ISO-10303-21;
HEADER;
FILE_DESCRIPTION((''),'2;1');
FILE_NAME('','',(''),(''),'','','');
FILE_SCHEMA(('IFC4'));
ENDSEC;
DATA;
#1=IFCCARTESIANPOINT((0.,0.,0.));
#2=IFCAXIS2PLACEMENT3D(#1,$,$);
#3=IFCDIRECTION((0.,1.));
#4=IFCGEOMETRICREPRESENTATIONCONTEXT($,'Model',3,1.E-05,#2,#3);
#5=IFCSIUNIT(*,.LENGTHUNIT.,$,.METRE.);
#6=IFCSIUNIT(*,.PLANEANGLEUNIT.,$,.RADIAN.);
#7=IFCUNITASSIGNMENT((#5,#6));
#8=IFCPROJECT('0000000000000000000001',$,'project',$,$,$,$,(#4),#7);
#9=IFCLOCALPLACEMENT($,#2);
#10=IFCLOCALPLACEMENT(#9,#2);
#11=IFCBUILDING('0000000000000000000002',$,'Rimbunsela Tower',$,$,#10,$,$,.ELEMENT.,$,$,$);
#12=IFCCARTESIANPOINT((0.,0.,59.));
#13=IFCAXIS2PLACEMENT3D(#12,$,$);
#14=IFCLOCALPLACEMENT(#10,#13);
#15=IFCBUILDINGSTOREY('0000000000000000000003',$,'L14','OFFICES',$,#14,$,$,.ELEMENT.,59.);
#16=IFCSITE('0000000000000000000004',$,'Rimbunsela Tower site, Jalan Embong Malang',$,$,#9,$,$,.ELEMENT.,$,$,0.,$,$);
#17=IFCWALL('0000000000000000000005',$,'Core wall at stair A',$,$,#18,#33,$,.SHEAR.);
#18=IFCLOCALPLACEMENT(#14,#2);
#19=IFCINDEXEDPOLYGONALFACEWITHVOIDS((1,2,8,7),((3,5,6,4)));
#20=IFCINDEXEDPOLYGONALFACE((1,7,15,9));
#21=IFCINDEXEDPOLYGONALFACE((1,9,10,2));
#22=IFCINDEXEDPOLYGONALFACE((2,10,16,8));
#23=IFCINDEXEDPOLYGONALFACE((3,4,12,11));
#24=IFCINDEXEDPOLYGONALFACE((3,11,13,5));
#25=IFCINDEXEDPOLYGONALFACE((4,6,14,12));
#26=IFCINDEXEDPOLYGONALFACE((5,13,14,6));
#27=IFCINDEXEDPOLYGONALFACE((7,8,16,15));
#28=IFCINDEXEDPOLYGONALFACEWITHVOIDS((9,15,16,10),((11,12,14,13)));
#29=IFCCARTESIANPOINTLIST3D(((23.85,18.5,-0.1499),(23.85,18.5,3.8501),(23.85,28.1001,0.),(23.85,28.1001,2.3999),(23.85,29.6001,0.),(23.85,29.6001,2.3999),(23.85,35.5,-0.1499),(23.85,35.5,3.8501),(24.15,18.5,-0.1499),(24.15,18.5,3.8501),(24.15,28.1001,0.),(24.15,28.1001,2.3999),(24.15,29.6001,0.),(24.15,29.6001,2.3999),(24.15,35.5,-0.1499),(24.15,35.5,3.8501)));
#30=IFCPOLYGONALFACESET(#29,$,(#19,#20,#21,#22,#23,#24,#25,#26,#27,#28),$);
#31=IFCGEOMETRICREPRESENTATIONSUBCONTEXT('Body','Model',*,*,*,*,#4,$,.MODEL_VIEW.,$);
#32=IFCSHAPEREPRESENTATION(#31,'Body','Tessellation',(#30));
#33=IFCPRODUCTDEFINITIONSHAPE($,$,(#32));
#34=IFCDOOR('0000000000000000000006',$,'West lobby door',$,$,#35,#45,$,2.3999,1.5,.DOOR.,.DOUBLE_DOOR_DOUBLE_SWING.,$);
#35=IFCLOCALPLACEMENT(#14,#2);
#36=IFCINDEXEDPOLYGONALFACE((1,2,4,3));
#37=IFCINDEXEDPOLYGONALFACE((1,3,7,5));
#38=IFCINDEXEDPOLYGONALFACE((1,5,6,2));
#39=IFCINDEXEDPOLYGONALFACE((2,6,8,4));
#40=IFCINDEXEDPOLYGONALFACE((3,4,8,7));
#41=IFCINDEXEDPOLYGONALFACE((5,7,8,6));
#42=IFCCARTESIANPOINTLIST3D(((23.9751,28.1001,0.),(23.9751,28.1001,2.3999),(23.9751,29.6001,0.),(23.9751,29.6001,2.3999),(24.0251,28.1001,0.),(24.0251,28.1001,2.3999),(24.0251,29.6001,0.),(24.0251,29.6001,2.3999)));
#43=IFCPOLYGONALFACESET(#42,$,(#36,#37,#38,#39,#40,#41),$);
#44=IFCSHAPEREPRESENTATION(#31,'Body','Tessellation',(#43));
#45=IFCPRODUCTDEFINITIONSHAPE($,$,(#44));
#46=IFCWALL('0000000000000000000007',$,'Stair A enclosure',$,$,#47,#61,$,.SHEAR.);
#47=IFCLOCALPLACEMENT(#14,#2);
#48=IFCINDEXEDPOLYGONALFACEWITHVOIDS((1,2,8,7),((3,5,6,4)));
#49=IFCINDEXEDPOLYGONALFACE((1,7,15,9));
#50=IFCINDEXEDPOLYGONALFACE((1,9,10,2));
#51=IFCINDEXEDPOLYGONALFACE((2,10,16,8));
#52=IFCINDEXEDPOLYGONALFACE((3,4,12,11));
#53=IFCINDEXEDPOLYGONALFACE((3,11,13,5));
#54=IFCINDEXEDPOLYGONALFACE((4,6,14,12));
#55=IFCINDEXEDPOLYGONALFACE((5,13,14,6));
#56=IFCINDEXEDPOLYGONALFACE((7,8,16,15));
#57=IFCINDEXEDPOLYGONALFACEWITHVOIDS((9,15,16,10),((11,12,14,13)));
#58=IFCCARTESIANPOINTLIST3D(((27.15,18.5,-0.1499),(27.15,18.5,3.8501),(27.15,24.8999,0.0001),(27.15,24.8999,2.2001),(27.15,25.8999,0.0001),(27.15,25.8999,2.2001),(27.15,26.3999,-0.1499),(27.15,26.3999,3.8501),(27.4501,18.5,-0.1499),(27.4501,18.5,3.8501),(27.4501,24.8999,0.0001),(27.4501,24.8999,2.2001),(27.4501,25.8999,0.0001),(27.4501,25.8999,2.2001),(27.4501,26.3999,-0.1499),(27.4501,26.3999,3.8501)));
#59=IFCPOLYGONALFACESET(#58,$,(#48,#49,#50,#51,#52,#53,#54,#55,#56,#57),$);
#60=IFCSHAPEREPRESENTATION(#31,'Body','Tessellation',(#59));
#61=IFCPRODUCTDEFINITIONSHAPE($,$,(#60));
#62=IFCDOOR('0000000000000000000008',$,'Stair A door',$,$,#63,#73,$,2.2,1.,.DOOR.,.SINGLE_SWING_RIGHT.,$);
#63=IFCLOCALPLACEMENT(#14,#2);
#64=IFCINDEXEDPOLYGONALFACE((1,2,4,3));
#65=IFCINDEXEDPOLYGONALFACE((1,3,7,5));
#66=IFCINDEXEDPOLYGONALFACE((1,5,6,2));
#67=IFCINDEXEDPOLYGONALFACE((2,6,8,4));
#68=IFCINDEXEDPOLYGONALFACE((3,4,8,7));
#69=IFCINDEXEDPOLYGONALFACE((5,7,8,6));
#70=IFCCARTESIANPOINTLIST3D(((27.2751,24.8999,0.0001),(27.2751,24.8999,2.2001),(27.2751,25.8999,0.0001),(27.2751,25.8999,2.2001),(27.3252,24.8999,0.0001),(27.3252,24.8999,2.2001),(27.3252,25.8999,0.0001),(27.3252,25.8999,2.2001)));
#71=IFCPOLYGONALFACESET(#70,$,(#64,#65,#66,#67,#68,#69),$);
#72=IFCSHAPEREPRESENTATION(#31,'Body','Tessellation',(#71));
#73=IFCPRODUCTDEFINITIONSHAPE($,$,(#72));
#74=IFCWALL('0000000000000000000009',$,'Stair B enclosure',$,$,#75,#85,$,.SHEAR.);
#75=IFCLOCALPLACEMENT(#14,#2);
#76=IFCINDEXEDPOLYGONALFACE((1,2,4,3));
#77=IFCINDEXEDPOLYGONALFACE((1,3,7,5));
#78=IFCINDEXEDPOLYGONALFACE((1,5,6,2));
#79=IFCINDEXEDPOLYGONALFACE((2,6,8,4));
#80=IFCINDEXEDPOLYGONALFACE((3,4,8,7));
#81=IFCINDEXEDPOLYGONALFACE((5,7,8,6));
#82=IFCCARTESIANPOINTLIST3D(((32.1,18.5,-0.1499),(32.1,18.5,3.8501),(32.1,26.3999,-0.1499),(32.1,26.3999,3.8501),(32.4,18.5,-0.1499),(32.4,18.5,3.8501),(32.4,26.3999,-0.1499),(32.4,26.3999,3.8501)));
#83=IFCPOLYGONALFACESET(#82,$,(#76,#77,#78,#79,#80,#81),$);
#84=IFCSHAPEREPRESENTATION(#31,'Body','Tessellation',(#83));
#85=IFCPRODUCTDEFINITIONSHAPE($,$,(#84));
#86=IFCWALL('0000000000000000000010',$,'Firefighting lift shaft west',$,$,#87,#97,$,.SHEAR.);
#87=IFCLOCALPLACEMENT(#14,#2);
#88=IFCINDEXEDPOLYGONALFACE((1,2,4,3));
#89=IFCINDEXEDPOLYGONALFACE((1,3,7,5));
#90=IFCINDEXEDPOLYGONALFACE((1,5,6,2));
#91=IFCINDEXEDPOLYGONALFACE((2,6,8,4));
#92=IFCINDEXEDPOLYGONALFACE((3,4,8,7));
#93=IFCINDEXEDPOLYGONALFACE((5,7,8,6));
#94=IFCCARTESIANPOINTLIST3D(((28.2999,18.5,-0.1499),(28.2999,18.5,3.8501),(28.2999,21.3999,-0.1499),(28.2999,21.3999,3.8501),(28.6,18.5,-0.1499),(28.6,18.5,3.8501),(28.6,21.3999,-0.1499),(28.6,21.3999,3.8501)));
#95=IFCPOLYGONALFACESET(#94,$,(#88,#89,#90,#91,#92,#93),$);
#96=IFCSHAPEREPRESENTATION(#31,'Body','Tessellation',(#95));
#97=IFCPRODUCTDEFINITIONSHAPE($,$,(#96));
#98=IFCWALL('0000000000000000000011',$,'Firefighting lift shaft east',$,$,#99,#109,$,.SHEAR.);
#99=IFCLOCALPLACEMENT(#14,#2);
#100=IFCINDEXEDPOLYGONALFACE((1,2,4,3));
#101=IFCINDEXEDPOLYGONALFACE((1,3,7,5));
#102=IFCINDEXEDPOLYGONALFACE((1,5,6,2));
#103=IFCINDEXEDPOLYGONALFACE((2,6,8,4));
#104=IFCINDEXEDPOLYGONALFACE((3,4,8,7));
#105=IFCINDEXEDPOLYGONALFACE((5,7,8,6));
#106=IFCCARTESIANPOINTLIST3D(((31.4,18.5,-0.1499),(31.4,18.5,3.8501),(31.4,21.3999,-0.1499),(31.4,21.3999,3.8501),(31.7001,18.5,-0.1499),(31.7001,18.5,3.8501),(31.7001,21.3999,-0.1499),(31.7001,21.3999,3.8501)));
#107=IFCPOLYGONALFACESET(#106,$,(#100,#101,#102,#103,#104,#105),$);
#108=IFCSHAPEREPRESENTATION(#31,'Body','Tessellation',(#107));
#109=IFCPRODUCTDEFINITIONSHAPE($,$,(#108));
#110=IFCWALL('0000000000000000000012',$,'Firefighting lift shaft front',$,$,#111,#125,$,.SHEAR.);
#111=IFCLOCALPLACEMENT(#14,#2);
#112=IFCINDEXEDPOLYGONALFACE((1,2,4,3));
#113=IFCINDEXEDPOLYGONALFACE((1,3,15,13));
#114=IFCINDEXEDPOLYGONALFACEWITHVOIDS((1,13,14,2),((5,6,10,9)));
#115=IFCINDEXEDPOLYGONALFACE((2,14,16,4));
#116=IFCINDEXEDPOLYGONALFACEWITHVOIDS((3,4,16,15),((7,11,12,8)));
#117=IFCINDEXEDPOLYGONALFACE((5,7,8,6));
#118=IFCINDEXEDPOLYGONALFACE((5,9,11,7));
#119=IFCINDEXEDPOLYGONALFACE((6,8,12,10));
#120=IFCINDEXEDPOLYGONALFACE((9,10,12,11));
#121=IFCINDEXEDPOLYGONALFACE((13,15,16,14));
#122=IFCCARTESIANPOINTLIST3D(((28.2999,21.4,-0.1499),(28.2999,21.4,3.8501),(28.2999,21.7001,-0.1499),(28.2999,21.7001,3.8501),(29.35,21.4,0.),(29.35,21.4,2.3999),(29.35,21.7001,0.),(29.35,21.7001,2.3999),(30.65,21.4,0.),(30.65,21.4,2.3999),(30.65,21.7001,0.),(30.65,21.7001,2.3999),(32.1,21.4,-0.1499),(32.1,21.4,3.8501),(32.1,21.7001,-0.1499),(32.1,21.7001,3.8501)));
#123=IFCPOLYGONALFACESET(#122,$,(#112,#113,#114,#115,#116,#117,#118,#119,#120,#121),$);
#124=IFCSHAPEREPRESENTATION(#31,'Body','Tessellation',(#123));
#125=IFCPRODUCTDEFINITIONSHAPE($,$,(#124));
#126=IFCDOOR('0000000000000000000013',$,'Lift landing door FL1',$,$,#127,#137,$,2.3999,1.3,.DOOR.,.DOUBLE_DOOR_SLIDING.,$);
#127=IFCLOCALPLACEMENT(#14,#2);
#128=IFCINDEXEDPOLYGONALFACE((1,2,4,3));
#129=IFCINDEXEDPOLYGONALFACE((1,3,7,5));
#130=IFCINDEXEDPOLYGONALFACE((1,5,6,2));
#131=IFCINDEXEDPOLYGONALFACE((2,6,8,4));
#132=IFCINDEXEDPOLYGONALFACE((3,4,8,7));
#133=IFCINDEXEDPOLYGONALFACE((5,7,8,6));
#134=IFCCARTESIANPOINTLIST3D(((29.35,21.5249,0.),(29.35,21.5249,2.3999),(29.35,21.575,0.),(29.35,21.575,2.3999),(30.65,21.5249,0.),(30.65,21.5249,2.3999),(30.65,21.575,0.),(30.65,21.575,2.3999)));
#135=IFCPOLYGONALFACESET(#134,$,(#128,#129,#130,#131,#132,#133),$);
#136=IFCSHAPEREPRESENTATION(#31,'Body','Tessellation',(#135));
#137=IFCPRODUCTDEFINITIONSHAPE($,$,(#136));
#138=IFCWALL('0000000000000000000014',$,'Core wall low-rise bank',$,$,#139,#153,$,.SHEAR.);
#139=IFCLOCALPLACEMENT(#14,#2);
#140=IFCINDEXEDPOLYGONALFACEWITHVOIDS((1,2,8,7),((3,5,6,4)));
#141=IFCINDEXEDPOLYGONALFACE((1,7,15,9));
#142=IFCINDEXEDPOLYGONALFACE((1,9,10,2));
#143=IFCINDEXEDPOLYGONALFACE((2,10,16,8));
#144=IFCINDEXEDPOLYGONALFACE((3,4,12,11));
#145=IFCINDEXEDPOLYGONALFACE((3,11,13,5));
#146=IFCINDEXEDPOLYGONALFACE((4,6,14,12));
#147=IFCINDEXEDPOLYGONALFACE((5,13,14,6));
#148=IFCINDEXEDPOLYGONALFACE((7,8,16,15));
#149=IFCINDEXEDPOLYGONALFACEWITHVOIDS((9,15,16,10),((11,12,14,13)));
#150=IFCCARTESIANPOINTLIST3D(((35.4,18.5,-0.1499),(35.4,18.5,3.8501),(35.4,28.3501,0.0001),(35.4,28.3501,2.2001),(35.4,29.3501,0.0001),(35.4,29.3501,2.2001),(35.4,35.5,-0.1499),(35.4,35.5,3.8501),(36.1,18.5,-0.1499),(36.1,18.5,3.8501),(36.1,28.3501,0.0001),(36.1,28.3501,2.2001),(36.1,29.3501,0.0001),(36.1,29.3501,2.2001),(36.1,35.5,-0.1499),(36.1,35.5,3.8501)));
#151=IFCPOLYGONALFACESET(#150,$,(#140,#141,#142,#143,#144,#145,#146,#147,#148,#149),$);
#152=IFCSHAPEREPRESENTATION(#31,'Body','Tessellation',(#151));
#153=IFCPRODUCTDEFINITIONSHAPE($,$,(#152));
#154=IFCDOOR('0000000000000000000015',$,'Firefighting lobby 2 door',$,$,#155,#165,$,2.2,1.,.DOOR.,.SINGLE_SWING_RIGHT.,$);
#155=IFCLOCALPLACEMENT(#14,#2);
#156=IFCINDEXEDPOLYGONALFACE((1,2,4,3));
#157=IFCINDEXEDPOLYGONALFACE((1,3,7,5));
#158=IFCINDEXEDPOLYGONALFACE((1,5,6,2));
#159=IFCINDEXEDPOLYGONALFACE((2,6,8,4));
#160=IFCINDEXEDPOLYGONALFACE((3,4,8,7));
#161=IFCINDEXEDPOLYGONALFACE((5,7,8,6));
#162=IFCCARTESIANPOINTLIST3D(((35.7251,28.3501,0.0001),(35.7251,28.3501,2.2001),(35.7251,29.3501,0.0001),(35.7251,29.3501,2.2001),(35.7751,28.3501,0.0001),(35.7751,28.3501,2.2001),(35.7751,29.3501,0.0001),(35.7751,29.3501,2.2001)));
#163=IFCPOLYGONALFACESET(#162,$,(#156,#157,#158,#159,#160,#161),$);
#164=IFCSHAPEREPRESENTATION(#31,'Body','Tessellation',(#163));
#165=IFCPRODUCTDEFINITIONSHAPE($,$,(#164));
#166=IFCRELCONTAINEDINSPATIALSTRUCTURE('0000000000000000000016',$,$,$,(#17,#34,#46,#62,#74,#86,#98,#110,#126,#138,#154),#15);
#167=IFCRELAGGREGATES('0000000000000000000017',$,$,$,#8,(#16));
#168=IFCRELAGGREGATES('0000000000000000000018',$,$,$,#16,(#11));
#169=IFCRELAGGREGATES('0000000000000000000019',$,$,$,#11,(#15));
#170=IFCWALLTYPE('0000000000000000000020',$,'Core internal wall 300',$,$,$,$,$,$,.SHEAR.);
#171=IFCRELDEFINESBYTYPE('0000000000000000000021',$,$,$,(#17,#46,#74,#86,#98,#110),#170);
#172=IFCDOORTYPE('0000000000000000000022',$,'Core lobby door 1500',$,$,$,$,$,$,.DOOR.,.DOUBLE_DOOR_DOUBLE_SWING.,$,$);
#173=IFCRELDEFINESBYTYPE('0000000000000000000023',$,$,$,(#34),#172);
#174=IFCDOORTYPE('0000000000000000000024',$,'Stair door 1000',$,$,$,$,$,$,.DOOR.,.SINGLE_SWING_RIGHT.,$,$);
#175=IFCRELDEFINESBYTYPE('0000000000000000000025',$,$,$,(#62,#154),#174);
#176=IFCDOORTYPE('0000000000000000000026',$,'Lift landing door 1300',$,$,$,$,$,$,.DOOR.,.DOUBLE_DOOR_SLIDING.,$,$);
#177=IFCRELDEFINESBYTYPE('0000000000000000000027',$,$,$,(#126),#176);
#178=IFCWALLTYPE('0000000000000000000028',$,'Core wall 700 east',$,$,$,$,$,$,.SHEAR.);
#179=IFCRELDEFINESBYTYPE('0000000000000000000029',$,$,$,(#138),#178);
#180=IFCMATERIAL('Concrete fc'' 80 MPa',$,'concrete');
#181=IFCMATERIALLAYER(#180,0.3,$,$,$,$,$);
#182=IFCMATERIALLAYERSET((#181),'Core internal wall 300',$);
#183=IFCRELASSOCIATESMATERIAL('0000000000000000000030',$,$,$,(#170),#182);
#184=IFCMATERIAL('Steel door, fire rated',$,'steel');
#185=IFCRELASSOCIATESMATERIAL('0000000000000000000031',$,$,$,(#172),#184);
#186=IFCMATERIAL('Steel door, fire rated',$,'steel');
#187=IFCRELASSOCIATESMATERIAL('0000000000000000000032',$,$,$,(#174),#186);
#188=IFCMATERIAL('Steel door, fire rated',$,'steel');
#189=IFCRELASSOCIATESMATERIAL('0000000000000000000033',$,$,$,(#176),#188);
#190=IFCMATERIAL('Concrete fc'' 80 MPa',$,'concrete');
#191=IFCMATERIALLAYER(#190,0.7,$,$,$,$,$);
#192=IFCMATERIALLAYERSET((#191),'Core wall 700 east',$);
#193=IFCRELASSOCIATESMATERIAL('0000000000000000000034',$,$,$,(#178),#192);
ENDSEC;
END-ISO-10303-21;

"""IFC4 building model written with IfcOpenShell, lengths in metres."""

from ifc_helpers import new_model, si_unit, direction, frame, frame_2d, origin, place, context, subcontext, project, spatial, rectangle, extrude, material, layer, layer_set, type_object, element, fill, save


model = new_model("IFC4")

# Units and contexts
model_context = context("Model", 3, precision=1e-05, world=origin(), true_north=direction((0.0, 1.0)))
body_context = subcontext(model_context, "Body", "Model", "MODEL_VIEW")
ifc_project = project(units=[si_unit("LENGTHUNIT", "METRE"), si_unit("PLANEANGLEUNIT", "RADIAN")], contexts=[model_context])

# Site, building, storey
site_placement = place(None, origin())
site = spatial("IfcSite", under=ifc_project, at=site_placement, Name="Rimbunsela Tower site, Jalan Embong Malang", CompositionType="ELEMENT", RefElevation=0.0)
building_placement = place(site_placement, origin())
building = spatial("IfcBuilding", under=site, at=building_placement, Name="Rimbunsela Tower", CompositionType="ELEMENT")
storey_placement = place(building_placement, frame((0.0, 0.0, 59.0)))
storey = spatial("IfcBuildingStorey", under=building, at=storey_placement, Name="L14", Description="OFFICES", CompositionType="ELEMENT", Elevation=59.0)

# Walls, openings, doors
ifc_material_1 = material(Name="Concrete fc' 80 MPa", Category="concrete")
ifc_layer_1 = layer(ifc_material_1, 0.3)
ifc_layer_set_1 = layer_set([ifc_layer_1], Name="Core internal wall 300")
wall_type_1 = type_object("IfcWallType", Name="Core internal wall 300", PredefinedType="SHEAR", material=ifc_layer_set_1)
wall_1_placement = place(storey_placement, frame((24.0, 18.5, -0.1499), z_axis=(0.0, 0.0, 1.0), x_axis=(0.0, 1.0, 0.0)))
wall_1 = element("IfcWall", 1, at=wall_1_placement, inside=storey, type_object=wall_type_1, Name="Core wall at stair A", PredefinedType="SHEAR", context=body_context, shape_type="SweptSolid", body=[
    extrude(rectangle(XDim=17.0, YDim=0.3, at=frame_2d((8.5, 0.0))), origin(), (0.0, 0.0, 1.0), 4.0),
])
opening_1_placement = place(wall_1_placement, frame((9.6001, 0.0, 0.1499)))
opening_1 = element("IfcOpeningElement", 2, at=opening_1_placement, cuts=wall_1, PredefinedType="OPENING", context=body_context, shape_type="SweptSolid", body=[
    extrude(rectangle(XDim=1.5, YDim=2.3999, at=frame_2d((0.75, 1.2))), frame((0.0, 0.1599, 0.0), z_axis=(0.0, -1.0, 0.0), x_axis=(1.0, 0.0, 0.0)), (0.0, 0.0, 1.0), 0.3201),
])
ifc_material_2 = material(Name="Steel door, fire rated", Category="steel")
door_type_1 = type_object("IfcDoorType", Name="Core lobby door 1500", OperationType="DOUBLE_DOOR_DOUBLE_SWING", PredefinedType="DOOR", material=ifc_material_2)
door_1_placement = place(opening_1_placement, origin())
door_1 = element("IfcDoor", 3, at=door_1_placement, inside=storey, type_object=door_type_1, Name="West lobby door", OperationType="DOUBLE_DOOR_DOUBLE_SWING", OverallHeight=2.3999, OverallWidth=1.5, PredefinedType="DOOR", context=body_context, shape_type="SweptSolid", body=[
    extrude(rectangle(XDim=1.5, YDim=2.3999, at=frame_2d((0.75, 1.2))), frame((0.0, 0.0249, 0.0), z_axis=(0.0, -1.0, 0.0), x_axis=(1.0, 0.0, 0.0)), (0.0, 0.0, 1.0), 0.05),
])
fill(opening_1, door_1)
wall_2_placement = place(storey_placement, frame((27.3, 18.5, -0.1499), z_axis=(0.0, 0.0, 1.0), x_axis=(0.0, 1.0, 0.0)))
wall_2 = element("IfcWall", 4, at=wall_2_placement, inside=storey, type_object=wall_type_1, Name="Stair A enclosure", PredefinedType="SHEAR", context=body_context, shape_type="SweptSolid", body=[
    extrude(rectangle(XDim=7.8999, YDim=0.3, at=frame_2d((3.95, 0.0))), origin(), (0.0, 0.0, 1.0), 4.0),
])
opening_2_placement = place(wall_2_placement, frame((6.3999, 0.0, 0.1499)))
opening_2 = element("IfcOpeningElement", 5, at=opening_2_placement, cuts=wall_2, PredefinedType="OPENING", context=body_context, shape_type="SweptSolid", body=[
    extrude(rectangle(XDim=1.0, YDim=2.2, at=frame_2d((0.5, 1.1001))), frame((0.0, 0.1599, 0.0), z_axis=(0.0, -1.0, 0.0), x_axis=(1.0, 0.0, 0.0)), (0.0, 0.0, 1.0), 0.3201),
])
ifc_material_3 = material(Name="Steel door, fire rated", Category="steel")
door_type_2 = type_object("IfcDoorType", Name="Stair door 1000", OperationType="SINGLE_SWING_RIGHT", PredefinedType="DOOR", material=ifc_material_3)
door_2_placement = place(opening_2_placement, origin())
door_2 = element("IfcDoor", 6, at=door_2_placement, inside=storey, type_object=door_type_2, Name="Stair A door", OperationType="SINGLE_SWING_RIGHT", OverallHeight=2.2, OverallWidth=1.0, PredefinedType="DOOR", context=body_context, shape_type="SweptSolid", body=[
    extrude(rectangle(XDim=1.0, YDim=2.2, at=frame_2d((0.5, 1.1001))), frame((0.0, 0.0249, 0.0), z_axis=(0.0, -1.0, 0.0), x_axis=(1.0, 0.0, 0.0)), (0.0, 0.0, 1.0), 0.05),
])
fill(opening_2, door_2)

# Walls
wall_3_placement = place(storey_placement, frame((32.25, 18.5, -0.1499), z_axis=(0.0, 0.0, 1.0), x_axis=(0.0, 1.0, 0.0)))
element("IfcWall", 7, at=wall_3_placement, inside=storey, type_object=wall_type_1, Name="Stair B enclosure", PredefinedType="SHEAR", context=body_context, shape_type="SweptSolid", body=[
    extrude(rectangle(XDim=7.8999, YDim=0.3, at=frame_2d((3.95, 0.0))), origin(), (0.0, 0.0, 1.0), 4.0),
])
for number, where, z_axis, x_axis, name in (
    (8, (28.45, 18.5, -0.1499), (0.0, 0.0, 1.0), (0.0, 1.0, 0.0), "Firefighting lift shaft west"),
    (9, (31.55, 18.5, -0.1499), (0.0, 0.0, 1.0), (0.0, 1.0, 0.0), "Firefighting lift shaft east"),
):
    element("IfcWall", number, at=place(storey_placement, frame(where, z_axis=z_axis, x_axis=x_axis)), inside=storey, type_object=wall_type_1, Name=name, PredefinedType="SHEAR", context=body_context, shape_type="SweptSolid", body=[
        extrude(rectangle(XDim=2.8999, YDim=0.3, at=frame_2d((1.45, 0.0))), origin(), (0.0, 0.0, 1.0), 4.0),
    ])

# Walls, openings, doors
wall_4_placement = place(storey_placement, frame((28.3, 21.55, -0.1499), z_axis=(0.0, 0.0, 1.0), x_axis=(1.0, 0.0, 0.0)))
wall_4 = element("IfcWall", 10, at=wall_4_placement, inside=storey, type_object=wall_type_1, Name="Firefighting lift shaft front", PredefinedType="SHEAR", context=body_context, shape_type="SweptSolid", body=[
    extrude(rectangle(XDim=3.8, YDim=0.3, at=frame_2d((1.8999, 0.0))), origin(), (0.0, 0.0, 1.0), 4.0),
])
opening_3_placement = place(wall_4_placement, frame((1.05, 0.0, 0.1499)))
opening_3 = element("IfcOpeningElement", 11, at=opening_3_placement, cuts=wall_4, PredefinedType="OPENING", context=body_context, shape_type="SweptSolid", body=[
    extrude(rectangle(XDim=1.3, YDim=2.3999, at=frame_2d((0.6499, 1.2))), frame((0.0, 0.1599, 0.0), z_axis=(0.0, -1.0, 0.0), x_axis=(1.0, 0.0, 0.0)), (0.0, 0.0, 1.0), 0.3201),
])
ifc_material_4 = material(Name="Steel door, fire rated", Category="steel")
door_type_3 = type_object("IfcDoorType", Name="Lift landing door 1300", OperationType="DOUBLE_DOOR_SLIDING", PredefinedType="DOOR", material=ifc_material_4)
door_3_placement = place(opening_3_placement, origin())
door_3 = element("IfcDoor", 12, at=door_3_placement, inside=storey, type_object=door_type_3, Name="Lift landing door FL1", OperationType="DOUBLE_DOOR_SLIDING", OverallHeight=2.3999, OverallWidth=1.3, PredefinedType="DOOR", context=body_context, shape_type="SweptSolid", body=[
    extrude(rectangle(XDim=1.3, YDim=2.3999, at=frame_2d((0.6499, 1.2))), frame((0.0, 0.0249, 0.0), z_axis=(0.0, -1.0, 0.0), x_axis=(1.0, 0.0, 0.0)), (0.0, 0.0, 1.0), 0.05),
])
fill(opening_3, door_3)
ifc_material_5 = material(Name="Concrete fc' 80 MPa", Category="concrete")
ifc_layer_2 = layer(ifc_material_5, 0.7)
ifc_layer_set_2 = layer_set([ifc_layer_2], Name="Core wall 700 east")
wall_type_2 = type_object("IfcWallType", Name="Core wall 700 east", PredefinedType="SHEAR", material=ifc_layer_set_2)
wall_5_placement = place(storey_placement, frame((35.75, 18.5, -0.1499), z_axis=(0.0, 0.0, 1.0), x_axis=(0.0, 1.0, 0.0)))
wall_5 = element("IfcWall", 13, at=wall_5_placement, inside=storey, type_object=wall_type_2, Name="Core wall low-rise bank", PredefinedType="SHEAR", context=body_context, shape_type="SweptSolid", body=[
    extrude(rectangle(XDim=17.0, YDim=0.7, at=frame_2d((8.5, 0.0))), origin(), (0.0, 0.0, 1.0), 4.0),
])
opening_4_placement = place(wall_5_placement, frame((9.8501, 0.0, 0.1499)))
opening_4 = element("IfcOpeningElement", 14, at=opening_4_placement, cuts=wall_5, PredefinedType="OPENING", context=body_context, shape_type="SweptSolid", body=[
    extrude(rectangle(XDim=1.0, YDim=2.2, at=frame_2d((0.5, 1.1001))), frame((0.0, 0.3599, 0.0), z_axis=(0.0, -1.0, 0.0), x_axis=(1.0, 0.0, 0.0)), (0.0, 0.0, 1.0), 0.72),
])
door_4_placement = place(opening_4_placement, origin())
door_4 = element("IfcDoor", 15, at=door_4_placement, inside=storey, type_object=door_type_2, Name="Firefighting lobby 2 door", OperationType="SINGLE_SWING_RIGHT", OverallHeight=2.2, OverallWidth=1.0, PredefinedType="DOOR", context=body_context, shape_type="SweptSolid", body=[
    extrude(rectangle(XDim=1.0, YDim=2.2, at=frame_2d((0.5, 1.1001))), frame((0.0, 0.0249, 0.0), z_axis=(0.0, -1.0, 0.0), x_axis=(1.0, 0.0, 0.0)), (0.0, 0.0, 1.0), 0.05),
])
fill(opening_4, door_4)

save(model, "model.ifc")
